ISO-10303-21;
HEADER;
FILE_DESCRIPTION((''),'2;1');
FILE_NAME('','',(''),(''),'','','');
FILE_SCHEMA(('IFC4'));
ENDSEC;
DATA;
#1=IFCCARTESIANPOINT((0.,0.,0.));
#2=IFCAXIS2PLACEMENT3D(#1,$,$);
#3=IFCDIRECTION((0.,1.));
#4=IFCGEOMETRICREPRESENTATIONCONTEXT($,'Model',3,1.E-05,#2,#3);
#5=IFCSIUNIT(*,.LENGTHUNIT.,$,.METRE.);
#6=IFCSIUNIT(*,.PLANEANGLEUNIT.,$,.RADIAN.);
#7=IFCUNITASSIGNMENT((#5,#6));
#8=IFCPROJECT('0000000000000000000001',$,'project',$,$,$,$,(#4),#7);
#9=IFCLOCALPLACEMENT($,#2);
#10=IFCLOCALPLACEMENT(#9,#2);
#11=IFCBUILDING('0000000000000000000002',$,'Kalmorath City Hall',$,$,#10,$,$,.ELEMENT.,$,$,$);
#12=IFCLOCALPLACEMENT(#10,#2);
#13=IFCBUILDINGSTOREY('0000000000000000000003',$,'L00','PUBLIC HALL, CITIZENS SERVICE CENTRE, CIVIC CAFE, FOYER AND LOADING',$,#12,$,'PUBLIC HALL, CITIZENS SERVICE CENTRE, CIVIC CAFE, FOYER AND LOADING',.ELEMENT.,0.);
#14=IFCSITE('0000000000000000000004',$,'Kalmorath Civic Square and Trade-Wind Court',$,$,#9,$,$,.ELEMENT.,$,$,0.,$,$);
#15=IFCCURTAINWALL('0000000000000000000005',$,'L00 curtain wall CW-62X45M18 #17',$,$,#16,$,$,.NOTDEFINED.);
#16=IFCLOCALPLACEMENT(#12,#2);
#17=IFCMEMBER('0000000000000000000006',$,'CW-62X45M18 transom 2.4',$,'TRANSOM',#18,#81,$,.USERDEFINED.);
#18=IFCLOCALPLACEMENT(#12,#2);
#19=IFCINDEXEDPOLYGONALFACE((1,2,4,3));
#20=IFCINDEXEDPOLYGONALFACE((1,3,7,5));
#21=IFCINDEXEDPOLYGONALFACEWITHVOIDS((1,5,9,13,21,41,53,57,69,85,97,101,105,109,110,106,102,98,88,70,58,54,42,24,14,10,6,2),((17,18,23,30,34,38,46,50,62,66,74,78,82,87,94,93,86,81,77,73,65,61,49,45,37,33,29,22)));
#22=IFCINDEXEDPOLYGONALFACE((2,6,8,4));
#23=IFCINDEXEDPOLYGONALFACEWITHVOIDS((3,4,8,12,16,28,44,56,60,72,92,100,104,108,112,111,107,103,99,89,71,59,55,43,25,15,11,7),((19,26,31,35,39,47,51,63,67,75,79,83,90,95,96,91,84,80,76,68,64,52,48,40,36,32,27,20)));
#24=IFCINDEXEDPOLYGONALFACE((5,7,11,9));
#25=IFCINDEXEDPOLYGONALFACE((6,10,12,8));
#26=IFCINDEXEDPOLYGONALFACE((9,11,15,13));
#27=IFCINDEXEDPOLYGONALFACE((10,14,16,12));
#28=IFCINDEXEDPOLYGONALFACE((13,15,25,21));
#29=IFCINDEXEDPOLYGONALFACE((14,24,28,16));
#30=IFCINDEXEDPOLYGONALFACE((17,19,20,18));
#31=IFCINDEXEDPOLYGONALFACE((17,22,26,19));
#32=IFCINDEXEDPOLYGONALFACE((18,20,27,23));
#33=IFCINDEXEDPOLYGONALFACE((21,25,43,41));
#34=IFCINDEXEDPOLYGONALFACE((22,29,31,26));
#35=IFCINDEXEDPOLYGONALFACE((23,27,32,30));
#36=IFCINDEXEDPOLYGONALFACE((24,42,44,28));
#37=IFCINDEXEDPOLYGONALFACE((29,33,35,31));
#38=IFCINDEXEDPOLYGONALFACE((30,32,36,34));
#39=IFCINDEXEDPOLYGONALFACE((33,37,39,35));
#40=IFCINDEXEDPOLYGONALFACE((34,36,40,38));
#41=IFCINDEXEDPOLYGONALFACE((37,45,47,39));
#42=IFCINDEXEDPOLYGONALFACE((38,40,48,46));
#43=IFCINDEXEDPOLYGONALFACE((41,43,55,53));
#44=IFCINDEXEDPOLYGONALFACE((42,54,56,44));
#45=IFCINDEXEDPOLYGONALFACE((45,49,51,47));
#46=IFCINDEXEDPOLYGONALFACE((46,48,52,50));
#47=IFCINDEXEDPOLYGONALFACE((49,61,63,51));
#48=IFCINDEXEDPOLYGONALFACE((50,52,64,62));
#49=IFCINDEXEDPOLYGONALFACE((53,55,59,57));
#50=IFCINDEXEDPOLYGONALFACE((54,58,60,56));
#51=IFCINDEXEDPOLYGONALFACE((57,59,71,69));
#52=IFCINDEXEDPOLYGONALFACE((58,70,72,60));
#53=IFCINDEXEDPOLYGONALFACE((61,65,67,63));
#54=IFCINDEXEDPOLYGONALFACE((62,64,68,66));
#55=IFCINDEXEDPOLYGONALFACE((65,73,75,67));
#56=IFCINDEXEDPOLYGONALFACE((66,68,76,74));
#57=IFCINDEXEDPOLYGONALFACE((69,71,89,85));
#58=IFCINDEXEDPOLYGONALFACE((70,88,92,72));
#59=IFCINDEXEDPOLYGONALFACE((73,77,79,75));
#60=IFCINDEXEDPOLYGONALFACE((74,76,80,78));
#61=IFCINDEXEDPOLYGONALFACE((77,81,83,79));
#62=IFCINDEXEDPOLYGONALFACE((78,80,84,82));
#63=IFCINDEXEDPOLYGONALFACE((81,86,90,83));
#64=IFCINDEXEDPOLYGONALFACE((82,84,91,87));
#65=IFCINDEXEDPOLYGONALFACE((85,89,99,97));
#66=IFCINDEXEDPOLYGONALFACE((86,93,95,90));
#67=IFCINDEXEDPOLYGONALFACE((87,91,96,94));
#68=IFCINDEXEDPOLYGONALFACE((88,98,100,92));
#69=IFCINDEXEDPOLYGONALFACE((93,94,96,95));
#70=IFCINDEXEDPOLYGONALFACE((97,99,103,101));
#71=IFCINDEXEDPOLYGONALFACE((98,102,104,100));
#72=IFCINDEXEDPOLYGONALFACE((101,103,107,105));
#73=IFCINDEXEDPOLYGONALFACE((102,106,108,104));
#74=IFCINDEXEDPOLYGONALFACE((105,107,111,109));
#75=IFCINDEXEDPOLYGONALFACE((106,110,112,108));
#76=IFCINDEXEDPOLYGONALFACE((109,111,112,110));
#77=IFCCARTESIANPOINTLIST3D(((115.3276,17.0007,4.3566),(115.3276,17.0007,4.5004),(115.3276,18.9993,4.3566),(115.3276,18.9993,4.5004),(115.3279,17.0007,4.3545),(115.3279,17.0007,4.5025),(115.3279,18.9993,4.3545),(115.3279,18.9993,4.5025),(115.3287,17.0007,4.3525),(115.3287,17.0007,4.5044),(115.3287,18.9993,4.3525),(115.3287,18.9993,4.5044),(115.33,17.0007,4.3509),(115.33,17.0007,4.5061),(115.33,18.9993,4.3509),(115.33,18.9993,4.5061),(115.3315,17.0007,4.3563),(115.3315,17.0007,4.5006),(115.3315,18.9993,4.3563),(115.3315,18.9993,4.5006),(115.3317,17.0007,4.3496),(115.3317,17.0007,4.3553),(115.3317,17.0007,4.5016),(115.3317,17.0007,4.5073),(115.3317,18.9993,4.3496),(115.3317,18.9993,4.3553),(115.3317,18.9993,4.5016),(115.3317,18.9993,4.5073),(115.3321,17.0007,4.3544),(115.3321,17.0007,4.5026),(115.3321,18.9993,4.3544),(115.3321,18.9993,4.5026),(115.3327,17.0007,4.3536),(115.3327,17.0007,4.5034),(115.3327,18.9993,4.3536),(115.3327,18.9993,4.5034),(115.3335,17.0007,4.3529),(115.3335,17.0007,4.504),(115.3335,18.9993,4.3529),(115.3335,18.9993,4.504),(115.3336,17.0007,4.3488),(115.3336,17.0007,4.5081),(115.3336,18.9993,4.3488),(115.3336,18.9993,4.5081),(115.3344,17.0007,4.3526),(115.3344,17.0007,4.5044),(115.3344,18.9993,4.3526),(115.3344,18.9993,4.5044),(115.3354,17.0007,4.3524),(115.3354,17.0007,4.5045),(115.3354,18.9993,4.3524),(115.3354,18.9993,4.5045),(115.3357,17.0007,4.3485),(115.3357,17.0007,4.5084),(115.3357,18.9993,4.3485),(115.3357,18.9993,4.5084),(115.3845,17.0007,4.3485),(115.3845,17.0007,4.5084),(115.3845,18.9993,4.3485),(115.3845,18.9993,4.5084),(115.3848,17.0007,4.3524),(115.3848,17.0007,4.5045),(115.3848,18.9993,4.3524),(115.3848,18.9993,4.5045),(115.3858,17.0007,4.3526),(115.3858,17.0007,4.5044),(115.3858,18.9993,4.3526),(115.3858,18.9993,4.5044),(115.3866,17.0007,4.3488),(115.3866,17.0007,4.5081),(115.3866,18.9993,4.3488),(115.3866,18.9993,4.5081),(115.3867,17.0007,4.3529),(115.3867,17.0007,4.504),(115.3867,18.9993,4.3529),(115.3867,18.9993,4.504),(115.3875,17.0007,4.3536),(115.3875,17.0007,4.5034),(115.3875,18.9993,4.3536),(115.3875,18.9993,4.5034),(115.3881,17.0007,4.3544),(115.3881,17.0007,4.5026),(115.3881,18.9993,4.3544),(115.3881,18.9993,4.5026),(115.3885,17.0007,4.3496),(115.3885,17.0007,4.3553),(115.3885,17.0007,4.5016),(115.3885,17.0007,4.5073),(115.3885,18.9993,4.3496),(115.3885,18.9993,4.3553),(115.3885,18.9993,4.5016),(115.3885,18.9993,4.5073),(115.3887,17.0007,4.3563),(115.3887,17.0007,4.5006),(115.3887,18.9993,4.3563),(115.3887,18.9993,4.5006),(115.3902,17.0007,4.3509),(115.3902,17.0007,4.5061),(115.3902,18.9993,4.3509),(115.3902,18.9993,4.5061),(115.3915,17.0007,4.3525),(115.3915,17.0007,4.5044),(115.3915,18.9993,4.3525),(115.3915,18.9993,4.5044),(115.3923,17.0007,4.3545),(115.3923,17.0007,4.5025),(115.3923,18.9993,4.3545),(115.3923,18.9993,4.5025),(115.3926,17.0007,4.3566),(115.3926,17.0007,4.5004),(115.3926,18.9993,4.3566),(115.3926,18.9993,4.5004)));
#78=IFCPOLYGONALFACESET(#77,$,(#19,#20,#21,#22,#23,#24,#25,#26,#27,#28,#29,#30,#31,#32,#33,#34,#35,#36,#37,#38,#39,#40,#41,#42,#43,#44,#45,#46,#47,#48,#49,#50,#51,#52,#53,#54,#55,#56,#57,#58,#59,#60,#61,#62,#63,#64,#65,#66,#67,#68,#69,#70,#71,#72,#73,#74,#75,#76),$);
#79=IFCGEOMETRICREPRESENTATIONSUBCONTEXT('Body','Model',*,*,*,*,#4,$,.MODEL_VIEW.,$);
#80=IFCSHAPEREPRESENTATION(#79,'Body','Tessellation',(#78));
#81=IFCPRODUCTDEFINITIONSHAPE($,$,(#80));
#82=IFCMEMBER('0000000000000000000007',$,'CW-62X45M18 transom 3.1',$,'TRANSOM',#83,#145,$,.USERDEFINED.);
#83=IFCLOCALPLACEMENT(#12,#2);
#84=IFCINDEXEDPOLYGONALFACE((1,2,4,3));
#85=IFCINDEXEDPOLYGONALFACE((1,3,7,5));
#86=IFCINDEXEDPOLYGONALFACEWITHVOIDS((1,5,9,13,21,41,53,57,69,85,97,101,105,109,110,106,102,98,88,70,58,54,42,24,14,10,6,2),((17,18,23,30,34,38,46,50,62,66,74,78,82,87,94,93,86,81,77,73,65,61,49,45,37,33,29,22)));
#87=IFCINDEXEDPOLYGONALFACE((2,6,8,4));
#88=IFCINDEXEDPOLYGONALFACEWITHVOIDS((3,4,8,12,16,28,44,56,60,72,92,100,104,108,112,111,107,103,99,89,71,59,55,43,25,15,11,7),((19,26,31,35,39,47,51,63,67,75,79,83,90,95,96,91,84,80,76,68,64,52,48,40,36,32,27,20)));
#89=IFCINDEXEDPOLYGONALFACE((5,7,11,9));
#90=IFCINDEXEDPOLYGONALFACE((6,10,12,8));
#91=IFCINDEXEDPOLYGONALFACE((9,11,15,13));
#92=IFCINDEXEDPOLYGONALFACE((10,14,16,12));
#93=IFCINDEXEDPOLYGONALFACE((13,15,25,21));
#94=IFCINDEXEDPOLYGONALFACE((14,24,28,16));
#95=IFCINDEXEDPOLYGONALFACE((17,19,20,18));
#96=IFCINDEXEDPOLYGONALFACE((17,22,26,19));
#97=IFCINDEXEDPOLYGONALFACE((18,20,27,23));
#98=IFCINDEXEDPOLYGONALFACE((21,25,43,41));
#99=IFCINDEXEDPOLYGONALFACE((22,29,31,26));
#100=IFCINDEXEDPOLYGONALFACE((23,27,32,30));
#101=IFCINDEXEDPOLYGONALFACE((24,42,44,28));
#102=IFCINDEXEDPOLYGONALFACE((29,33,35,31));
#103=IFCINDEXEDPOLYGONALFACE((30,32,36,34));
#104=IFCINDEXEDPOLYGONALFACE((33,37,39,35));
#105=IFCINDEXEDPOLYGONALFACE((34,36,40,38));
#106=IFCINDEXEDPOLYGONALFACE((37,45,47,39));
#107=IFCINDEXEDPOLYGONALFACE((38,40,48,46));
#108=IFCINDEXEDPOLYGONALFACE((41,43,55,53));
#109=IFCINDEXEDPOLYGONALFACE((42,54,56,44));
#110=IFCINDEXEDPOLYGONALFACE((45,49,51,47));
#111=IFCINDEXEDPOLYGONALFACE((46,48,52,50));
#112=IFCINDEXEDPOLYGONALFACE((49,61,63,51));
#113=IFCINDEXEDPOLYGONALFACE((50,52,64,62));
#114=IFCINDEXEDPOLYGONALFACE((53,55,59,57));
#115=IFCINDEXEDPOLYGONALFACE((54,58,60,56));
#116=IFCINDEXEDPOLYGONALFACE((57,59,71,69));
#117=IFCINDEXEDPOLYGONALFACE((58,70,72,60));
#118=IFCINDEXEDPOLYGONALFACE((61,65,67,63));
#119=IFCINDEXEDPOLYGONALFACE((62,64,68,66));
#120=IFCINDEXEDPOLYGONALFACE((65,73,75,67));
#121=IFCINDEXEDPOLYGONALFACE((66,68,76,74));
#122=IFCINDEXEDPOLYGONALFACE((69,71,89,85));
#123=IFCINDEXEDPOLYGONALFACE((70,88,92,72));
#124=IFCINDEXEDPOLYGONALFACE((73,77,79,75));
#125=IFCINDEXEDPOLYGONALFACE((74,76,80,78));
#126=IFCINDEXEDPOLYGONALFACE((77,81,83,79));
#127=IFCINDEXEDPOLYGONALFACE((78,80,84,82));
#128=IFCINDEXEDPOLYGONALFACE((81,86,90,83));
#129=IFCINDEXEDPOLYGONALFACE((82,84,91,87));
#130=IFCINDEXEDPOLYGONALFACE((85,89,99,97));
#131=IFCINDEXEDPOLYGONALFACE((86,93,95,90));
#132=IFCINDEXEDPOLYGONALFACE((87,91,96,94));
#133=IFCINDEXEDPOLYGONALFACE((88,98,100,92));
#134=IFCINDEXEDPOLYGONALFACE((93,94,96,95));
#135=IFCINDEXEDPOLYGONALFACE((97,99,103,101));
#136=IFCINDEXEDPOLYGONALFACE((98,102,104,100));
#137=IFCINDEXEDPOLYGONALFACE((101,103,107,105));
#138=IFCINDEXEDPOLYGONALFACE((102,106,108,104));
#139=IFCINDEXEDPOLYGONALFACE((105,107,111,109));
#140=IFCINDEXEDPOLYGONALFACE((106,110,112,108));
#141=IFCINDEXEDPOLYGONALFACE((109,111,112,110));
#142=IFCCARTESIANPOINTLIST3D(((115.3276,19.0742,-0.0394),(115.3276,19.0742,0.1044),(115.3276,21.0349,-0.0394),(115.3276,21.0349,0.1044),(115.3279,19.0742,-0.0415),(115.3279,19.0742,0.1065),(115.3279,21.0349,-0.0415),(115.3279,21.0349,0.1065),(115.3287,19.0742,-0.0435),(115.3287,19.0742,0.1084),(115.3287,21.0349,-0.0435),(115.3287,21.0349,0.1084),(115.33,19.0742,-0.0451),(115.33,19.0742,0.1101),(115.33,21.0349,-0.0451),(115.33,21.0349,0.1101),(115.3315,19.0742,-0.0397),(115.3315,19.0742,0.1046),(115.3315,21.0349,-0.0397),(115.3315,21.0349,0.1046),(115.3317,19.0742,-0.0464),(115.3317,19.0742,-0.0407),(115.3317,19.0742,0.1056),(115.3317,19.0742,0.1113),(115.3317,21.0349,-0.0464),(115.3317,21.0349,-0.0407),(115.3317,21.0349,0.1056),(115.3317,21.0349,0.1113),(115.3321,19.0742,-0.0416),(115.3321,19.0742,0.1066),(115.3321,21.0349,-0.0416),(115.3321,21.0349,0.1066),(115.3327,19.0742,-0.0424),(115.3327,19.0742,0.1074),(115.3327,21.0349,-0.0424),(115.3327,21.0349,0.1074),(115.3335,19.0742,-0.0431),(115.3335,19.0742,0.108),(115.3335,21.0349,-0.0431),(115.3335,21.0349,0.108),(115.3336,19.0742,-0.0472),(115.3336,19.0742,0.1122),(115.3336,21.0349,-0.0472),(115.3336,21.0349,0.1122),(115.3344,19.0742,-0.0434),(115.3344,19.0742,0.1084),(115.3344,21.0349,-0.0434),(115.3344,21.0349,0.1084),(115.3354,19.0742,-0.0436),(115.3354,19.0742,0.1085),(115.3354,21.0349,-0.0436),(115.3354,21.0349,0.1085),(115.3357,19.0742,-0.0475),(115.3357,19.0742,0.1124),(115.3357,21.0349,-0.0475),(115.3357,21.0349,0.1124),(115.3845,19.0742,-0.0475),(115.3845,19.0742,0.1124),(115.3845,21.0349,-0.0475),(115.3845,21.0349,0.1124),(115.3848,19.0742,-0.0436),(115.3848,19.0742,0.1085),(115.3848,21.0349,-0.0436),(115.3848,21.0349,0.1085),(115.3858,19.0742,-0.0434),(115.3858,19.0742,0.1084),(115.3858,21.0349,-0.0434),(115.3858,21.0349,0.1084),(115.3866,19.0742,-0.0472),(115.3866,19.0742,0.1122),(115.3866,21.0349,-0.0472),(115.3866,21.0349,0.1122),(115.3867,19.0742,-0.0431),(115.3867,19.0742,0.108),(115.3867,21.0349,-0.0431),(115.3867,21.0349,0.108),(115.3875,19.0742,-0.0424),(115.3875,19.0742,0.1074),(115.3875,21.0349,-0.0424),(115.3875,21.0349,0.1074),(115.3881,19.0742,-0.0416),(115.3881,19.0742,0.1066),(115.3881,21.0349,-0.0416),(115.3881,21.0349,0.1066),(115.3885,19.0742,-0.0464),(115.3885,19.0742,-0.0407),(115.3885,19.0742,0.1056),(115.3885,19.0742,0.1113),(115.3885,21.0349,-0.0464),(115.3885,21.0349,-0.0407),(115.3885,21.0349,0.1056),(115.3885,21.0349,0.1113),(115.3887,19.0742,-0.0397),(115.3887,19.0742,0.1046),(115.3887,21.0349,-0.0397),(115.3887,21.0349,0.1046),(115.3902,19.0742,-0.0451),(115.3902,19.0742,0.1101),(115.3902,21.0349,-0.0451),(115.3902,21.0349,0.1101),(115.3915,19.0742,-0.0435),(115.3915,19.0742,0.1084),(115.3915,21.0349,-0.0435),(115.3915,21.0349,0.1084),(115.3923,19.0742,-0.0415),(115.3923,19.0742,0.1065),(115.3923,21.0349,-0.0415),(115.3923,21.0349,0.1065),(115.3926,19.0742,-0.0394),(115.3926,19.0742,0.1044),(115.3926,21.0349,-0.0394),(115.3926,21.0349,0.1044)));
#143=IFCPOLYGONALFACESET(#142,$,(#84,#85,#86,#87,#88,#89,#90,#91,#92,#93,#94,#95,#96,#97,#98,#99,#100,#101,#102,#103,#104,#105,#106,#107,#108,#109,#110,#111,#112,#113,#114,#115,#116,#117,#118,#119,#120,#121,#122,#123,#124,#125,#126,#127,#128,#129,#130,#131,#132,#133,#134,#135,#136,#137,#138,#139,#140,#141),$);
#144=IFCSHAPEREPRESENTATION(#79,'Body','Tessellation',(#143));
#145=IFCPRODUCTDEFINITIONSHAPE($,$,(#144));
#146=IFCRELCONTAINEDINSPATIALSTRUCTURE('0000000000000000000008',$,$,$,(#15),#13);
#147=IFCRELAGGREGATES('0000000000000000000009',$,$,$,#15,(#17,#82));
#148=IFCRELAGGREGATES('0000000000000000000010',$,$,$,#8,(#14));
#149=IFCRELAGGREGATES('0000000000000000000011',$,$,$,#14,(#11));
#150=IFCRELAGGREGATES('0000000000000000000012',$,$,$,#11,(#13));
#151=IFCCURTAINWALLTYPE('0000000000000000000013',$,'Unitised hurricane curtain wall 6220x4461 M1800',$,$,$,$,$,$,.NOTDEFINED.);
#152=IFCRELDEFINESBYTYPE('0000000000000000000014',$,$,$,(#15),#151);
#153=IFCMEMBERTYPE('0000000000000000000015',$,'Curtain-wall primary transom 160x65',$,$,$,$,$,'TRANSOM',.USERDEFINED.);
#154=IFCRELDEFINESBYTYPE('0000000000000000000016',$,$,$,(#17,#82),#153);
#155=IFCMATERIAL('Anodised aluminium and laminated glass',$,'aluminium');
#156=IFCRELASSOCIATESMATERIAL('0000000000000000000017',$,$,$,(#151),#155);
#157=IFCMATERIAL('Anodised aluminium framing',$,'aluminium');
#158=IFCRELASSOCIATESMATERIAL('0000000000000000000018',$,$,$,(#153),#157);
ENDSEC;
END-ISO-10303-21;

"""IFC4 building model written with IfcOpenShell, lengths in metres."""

from ifc_helpers import new_model, si_unit, direction, frame, origin, origin_2d, place, context, subcontext, project, spatial, hollow_rectangle, extrude, material, material_profile, profile_set, type_object, element, aggregate, save


model = new_model("IFC4")

# Units and contexts
model_context = context("Model", 3, precision=1e-05, world=origin(), true_north=direction((0.0, 1.0)))
body_context = subcontext(model_context, "Body", "Model", "MODEL_VIEW")
ifc_project = project(units=[si_unit("LENGTHUNIT", "METRE"), si_unit("PLANEANGLEUNIT", "RADIAN")], contexts=[model_context])

# Site, building, storey
site_placement = place(None, origin())
site = spatial("IfcSite", under=ifc_project, at=site_placement, Name="Kalmorath Civic Square and Trade-Wind Court", CompositionType="ELEMENT", RefElevation=0.0)
building_placement = place(site_placement, origin())
building = spatial("IfcBuilding", under=site, at=building_placement, Name="Kalmorath City Hall", CompositionType="ELEMENT")
storey_placement = place(building_placement, origin())
storey = spatial("IfcBuildingStorey", under=building, at=storey_placement, Name="L00", Description="PUBLIC HALL, CITIZENS SERVICE CENTRE, CIVIC CAFE, FOYER AND LOADING", LongName="PUBLIC HALL, CITIZENS SERVICE CENTRE, CIVIC CAFE, FOYER AND LOADING", CompositionType="ELEMENT", Elevation=0.0)

# Curtain wall, members
ifc_material_1 = material(Name="Anodised aluminium and laminated glass", Category="aluminium")
curtain_wall_type = type_object("IfcCurtainWallType", Name="Unitised hurricane curtain wall 6220x4461 M1800", PredefinedType="NOTDEFINED", material=ifc_material_1)
curtain_wall_placement = place(storey_placement, origin())
curtain_wall = element("IfcCurtainWall", 1, at=curtain_wall_placement, inside=storey, type_object=curtain_wall_type, Name="L00 curtain wall CW-62X45M18 #17", PredefinedType="NOTDEFINED")
ifc_material_2 = material(Name="Anodised aluminium framing", Category="aluminium")
ifc_material_profile_1 = material_profile(ifc_material_2, hollow_rectangle(XDim=0.0649, YDim=0.1599, WallThickness=0.0039, InnerFilletRadius=0.0039, OuterFilletRadius=0.0081, at=origin_2d()), Name="ALU-TRN-160X65X4")
ifc_profile_set_1 = profile_set([ifc_material_profile_1], Name="Anodised aluminium framing")
member_type_1 = type_object("IfcMemberType", Name="Curtain-wall primary transom 160x65", ElementType="TRANSOM", PredefinedType="USERDEFINED", material=ifc_profile_set_1)
member_1_placement = place(storey_placement, frame((115.3601, 17.0007, 4.4285), z_axis=(0.0, 1.0, 0.0), x_axis=(-1.0, 0.0, 0.0)))
member_1 = element("IfcMember", 2, at=member_1_placement, type_object=member_type_1, Name="CW-62X45M18 transom 2.4", ObjectType="TRANSOM", PredefinedType="USERDEFINED", context=body_context, shape_type="SweptSolid", body=[
    extrude(hollow_rectangle(XDim=0.0649, YDim=0.1599, WallThickness=0.0039, InnerFilletRadius=0.0039, OuterFilletRadius=0.0081, at=origin_2d()), origin(), (0.0, 0.0, 1.0), 1.9985),
])
member_2_placement = place(storey_placement, frame((115.3601, 19.0742, 0.0325), z_axis=(0.0, 1.0, 0.0), x_axis=(-1.0, 0.0, 0.0)))
member_2 = element("IfcMember", 3, at=member_2_placement, type_object=member_type_1, Name="CW-62X45M18 transom 3.1", ObjectType="TRANSOM", PredefinedType="USERDEFINED", context=body_context, shape_type="SweptSolid", body=[
    extrude(hollow_rectangle(XDim=0.0649, YDim=0.1599, WallThickness=0.0039, InnerFilletRadius=0.0039, OuterFilletRadius=0.0081, at=origin_2d()), origin(), (0.0, 0.0, 1.0), 1.9607),
])

aggregate(curtain_wall, [member_1, member_2])

save(model, "model.ifc")
